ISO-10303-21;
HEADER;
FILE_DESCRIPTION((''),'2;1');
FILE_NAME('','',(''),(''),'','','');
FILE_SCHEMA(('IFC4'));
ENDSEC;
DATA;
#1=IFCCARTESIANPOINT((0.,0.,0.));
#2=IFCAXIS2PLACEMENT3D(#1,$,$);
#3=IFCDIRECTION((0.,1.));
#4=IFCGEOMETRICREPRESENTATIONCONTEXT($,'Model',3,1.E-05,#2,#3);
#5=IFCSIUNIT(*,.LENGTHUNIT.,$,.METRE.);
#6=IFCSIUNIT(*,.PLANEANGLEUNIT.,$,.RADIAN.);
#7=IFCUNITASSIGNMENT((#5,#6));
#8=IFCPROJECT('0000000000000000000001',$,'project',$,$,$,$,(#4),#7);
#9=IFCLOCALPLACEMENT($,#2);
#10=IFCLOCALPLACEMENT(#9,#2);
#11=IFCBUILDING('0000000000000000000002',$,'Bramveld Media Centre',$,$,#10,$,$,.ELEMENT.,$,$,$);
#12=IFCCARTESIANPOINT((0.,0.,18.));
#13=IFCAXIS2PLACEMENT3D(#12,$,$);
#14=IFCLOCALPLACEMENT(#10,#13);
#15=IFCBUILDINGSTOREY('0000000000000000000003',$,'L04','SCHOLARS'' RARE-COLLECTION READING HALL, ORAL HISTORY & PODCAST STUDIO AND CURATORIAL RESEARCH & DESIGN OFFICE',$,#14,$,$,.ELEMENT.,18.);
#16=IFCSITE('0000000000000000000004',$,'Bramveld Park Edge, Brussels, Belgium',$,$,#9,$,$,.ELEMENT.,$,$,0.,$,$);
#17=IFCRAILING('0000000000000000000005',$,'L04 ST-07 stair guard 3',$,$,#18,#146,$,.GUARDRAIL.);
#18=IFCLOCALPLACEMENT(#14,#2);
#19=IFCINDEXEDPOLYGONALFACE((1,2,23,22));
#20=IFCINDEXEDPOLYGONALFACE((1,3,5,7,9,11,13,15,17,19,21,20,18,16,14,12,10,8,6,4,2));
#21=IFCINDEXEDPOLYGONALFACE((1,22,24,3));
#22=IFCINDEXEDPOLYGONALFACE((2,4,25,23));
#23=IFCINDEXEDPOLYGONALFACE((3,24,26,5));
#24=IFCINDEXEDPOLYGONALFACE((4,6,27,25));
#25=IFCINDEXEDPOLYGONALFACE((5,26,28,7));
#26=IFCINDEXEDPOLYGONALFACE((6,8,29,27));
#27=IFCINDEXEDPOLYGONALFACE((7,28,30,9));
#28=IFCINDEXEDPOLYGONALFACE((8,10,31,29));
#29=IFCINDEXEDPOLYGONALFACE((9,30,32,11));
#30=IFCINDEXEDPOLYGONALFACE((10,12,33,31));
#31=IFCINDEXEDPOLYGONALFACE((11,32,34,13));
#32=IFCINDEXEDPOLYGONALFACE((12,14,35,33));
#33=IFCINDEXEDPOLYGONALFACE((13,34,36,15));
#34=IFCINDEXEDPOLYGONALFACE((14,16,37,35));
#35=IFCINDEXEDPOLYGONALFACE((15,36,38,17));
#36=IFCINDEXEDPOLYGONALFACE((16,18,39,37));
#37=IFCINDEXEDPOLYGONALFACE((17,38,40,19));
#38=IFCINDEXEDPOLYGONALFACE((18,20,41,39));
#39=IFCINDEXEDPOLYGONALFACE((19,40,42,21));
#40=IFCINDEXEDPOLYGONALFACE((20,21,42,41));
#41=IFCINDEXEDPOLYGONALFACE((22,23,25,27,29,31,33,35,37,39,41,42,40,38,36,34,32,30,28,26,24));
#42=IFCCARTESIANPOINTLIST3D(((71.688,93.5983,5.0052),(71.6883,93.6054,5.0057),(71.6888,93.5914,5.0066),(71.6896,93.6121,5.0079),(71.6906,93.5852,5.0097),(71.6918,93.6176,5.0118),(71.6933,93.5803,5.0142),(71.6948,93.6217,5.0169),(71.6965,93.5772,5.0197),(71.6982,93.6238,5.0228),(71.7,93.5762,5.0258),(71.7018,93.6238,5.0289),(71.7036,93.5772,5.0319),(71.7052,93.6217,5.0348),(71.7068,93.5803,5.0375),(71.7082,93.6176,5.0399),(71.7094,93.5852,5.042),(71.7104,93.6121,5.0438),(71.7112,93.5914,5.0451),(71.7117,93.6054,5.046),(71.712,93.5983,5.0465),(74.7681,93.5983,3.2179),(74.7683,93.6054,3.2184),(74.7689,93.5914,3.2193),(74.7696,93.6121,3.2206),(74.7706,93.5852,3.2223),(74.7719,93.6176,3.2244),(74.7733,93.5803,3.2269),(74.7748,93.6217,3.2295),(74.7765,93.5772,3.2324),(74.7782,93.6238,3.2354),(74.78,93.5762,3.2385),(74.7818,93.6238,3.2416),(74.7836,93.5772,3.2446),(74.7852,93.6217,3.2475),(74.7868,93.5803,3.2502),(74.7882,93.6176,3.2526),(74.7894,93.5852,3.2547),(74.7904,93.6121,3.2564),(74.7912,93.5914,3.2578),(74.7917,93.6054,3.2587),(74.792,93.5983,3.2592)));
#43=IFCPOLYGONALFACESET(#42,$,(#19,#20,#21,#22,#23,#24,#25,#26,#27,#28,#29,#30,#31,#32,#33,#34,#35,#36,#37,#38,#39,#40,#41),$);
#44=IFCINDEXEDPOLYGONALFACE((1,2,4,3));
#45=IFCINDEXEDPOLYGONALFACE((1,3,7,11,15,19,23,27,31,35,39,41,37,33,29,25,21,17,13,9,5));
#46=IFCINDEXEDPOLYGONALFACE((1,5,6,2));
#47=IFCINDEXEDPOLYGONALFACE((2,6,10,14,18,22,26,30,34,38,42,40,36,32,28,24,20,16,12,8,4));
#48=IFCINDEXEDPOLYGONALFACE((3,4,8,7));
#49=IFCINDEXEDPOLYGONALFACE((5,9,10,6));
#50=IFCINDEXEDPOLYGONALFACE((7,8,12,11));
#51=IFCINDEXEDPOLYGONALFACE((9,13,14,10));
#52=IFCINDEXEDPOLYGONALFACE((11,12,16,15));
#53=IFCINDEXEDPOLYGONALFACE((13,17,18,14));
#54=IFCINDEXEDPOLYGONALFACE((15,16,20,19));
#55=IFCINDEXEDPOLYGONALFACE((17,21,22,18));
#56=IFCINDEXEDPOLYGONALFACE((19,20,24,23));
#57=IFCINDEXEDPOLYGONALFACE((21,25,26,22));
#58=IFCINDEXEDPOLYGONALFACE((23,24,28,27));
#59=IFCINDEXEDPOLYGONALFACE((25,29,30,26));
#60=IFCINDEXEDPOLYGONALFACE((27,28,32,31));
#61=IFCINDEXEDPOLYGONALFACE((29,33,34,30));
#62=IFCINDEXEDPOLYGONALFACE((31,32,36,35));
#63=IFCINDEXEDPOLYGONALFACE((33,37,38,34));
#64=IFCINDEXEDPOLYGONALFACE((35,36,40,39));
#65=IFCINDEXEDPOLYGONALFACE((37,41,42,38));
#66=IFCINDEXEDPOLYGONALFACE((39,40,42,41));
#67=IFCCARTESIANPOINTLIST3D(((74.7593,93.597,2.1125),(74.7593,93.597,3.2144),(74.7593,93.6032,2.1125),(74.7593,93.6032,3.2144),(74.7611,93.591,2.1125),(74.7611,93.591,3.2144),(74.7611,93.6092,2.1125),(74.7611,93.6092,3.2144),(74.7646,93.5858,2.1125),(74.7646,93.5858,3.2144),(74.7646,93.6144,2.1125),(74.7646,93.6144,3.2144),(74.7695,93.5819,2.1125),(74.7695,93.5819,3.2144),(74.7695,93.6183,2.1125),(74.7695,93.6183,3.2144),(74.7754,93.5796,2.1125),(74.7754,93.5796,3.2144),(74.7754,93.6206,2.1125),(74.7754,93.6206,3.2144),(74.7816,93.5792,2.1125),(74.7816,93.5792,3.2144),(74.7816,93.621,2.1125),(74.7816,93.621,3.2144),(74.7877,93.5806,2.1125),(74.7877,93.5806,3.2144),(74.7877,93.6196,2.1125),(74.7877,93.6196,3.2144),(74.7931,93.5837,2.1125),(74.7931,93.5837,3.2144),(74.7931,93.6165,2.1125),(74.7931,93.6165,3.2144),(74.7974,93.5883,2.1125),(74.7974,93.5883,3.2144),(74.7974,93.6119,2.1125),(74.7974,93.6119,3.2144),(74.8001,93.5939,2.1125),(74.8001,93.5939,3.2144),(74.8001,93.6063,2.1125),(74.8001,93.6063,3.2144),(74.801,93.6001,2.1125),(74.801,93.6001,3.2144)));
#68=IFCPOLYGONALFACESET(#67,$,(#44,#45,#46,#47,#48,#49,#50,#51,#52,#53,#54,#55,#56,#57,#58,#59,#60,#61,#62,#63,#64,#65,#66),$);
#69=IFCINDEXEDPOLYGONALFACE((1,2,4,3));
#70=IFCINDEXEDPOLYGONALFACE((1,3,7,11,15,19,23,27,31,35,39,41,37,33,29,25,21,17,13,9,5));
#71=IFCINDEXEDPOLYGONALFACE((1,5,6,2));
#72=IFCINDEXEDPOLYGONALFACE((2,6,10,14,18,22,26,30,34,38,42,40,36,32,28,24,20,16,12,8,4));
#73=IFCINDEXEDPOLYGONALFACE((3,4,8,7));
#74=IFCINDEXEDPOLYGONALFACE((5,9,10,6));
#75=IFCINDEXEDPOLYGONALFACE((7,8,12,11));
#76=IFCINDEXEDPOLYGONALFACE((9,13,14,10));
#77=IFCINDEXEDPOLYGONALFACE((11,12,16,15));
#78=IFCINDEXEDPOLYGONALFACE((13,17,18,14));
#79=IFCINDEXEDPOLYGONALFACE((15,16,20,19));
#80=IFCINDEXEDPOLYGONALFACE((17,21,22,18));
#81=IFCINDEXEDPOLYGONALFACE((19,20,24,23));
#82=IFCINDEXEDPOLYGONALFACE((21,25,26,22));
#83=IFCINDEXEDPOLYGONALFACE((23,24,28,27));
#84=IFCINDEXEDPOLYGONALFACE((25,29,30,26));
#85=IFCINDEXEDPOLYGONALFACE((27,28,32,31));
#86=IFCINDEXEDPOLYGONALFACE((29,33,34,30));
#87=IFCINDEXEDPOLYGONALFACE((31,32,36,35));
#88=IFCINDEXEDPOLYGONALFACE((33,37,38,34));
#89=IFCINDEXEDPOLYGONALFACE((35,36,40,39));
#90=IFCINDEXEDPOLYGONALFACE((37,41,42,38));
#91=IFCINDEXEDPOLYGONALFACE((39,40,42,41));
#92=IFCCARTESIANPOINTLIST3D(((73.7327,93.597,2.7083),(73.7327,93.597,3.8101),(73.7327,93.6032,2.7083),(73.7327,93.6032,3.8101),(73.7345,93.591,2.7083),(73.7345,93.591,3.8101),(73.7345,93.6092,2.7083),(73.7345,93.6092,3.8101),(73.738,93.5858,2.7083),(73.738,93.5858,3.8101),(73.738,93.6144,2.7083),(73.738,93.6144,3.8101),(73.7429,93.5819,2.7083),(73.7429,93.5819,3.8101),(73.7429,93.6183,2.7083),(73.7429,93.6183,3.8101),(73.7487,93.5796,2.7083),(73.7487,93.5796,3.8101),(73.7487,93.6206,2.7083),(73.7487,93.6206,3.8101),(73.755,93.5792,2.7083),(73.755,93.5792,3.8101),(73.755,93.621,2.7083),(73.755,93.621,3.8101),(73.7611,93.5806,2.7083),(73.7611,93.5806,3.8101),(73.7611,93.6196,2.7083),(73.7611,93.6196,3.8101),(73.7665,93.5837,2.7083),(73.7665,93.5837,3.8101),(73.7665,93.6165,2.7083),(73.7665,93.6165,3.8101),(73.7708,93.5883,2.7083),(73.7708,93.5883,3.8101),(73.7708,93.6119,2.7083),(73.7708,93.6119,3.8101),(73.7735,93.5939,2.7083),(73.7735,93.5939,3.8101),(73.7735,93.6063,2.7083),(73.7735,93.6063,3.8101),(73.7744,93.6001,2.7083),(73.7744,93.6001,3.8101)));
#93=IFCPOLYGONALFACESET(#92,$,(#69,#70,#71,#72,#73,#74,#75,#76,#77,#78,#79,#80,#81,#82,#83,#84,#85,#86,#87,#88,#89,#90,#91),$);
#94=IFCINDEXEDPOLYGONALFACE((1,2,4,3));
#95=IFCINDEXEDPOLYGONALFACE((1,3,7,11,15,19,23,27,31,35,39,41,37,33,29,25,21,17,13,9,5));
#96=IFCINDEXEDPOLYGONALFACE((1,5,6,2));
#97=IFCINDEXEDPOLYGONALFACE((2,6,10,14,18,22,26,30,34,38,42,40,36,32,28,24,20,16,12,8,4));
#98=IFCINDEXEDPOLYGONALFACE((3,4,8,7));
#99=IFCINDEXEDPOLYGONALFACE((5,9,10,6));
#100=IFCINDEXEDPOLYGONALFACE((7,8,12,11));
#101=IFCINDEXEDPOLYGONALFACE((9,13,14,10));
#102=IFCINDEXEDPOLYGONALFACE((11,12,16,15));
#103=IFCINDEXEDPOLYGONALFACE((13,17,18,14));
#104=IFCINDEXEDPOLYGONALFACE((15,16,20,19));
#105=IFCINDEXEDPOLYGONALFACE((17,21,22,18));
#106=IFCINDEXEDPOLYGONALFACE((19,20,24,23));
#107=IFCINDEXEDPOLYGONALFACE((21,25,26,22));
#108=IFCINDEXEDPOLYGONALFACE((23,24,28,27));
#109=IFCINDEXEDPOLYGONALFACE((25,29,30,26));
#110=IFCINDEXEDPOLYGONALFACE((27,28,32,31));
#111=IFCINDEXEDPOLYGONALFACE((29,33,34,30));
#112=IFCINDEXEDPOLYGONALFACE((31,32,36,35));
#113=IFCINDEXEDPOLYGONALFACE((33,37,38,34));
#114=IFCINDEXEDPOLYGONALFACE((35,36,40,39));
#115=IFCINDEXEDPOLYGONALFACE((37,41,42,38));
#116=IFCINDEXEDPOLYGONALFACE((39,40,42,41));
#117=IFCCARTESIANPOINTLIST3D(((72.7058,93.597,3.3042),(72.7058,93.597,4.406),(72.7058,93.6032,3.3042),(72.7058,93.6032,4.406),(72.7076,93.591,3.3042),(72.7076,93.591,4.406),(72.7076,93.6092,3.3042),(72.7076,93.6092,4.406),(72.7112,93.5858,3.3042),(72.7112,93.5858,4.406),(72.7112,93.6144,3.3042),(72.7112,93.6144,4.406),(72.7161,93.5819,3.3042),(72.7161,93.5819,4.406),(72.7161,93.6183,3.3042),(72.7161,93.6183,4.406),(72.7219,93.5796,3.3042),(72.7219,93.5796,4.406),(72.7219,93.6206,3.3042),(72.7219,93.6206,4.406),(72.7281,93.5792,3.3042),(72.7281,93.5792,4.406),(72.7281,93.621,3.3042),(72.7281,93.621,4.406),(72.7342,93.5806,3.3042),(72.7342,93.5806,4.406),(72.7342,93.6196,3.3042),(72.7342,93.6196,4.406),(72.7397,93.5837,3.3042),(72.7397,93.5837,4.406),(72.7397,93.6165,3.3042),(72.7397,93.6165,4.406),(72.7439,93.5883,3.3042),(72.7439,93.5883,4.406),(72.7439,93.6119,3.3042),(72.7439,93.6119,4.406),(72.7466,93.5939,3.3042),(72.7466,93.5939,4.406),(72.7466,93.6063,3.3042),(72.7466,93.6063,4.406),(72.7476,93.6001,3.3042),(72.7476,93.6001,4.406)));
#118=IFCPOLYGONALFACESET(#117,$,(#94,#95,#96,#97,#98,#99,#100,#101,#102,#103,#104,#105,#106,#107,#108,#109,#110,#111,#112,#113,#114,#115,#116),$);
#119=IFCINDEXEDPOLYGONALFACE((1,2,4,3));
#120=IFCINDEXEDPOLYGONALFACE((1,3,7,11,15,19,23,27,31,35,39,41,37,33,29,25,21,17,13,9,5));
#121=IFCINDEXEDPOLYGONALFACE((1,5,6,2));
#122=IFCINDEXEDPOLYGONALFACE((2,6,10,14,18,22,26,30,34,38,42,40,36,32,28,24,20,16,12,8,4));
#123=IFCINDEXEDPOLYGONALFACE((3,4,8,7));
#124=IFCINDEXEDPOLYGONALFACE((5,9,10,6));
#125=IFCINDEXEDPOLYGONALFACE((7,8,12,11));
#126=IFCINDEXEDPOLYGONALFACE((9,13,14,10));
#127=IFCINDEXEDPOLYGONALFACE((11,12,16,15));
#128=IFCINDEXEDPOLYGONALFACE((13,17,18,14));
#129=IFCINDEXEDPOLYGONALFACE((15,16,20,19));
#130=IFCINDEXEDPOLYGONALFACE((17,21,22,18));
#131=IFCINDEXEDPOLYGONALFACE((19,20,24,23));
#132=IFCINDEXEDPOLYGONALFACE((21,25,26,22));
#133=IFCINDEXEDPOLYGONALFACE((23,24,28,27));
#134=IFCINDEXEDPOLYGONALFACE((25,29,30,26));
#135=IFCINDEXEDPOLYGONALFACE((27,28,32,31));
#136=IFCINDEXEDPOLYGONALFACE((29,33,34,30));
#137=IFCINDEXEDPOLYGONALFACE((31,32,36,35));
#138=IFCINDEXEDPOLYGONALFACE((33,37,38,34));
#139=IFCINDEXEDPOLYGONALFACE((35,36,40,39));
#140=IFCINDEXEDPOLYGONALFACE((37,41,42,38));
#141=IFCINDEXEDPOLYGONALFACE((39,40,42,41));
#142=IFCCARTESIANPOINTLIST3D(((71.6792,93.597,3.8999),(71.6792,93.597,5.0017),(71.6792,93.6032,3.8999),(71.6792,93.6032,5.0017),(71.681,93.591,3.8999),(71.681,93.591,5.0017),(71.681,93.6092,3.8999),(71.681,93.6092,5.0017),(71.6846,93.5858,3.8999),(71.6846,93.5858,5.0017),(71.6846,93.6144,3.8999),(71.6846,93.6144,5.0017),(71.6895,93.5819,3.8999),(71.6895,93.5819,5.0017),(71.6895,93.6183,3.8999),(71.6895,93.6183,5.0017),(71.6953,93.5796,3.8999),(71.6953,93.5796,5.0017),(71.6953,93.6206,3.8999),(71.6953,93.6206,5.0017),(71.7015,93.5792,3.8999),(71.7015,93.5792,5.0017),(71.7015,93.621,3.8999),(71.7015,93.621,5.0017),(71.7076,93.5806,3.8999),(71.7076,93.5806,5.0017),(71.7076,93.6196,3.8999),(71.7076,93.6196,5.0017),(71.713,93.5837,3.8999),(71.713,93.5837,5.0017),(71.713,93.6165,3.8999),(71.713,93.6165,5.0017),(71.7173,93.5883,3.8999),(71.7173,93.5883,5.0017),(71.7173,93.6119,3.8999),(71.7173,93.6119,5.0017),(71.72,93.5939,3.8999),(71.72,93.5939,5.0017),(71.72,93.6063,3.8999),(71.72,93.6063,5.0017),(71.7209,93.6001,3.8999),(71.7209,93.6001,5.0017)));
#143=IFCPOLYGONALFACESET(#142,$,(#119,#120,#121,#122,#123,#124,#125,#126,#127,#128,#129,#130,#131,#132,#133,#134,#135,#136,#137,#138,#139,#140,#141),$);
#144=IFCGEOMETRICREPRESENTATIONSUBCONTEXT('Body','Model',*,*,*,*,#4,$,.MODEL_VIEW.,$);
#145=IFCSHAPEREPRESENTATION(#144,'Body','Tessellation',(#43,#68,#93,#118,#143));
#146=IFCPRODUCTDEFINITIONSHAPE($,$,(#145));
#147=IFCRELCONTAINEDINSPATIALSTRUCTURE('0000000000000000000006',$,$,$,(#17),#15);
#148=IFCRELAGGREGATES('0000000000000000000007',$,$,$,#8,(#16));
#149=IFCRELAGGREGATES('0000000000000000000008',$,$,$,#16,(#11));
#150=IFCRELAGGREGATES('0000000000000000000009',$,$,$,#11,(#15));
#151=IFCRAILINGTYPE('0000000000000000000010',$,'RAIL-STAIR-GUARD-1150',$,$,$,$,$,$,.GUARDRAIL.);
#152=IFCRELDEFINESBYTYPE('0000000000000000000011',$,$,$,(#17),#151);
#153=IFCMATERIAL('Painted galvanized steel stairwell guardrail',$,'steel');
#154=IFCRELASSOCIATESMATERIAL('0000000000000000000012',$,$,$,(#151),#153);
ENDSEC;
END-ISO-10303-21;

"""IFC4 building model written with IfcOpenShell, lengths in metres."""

from ifc_helpers import new_model, si_unit, direction, frame, origin, origin_2d, place, context, subcontext, project, spatial, circle, extrude, material, type_object, element, save


model = new_model("IFC4")

# Units and contexts
model_context = context("Model", 3, precision=1e-05, world=origin(), true_north=direction((0.0, 1.0)))
body_context = subcontext(model_context, "Body", "Model", "MODEL_VIEW")
ifc_project = project(units=[si_unit("LENGTHUNIT", "METRE"), si_unit("PLANEANGLEUNIT", "RADIAN")], contexts=[model_context])

# Site, building, storey
site_placement = place(None, origin())
site = spatial("IfcSite", under=ifc_project, at=site_placement, Name="Bramveld Park Edge, Brussels, Belgium", CompositionType="ELEMENT", RefElevation=0.0)
building_placement = place(site_placement, origin())
building = spatial("IfcBuilding", under=site, at=building_placement, Name="Bramveld Media Centre", CompositionType="ELEMENT")
storey_placement = place(building_placement, frame((0.0, 0.0, 18.0)))
storey = spatial("IfcBuildingStorey", under=building, at=storey_placement, Name="L04", Description="SCHOLARS' RARE-COLLECTION READING HALL, ORAL HISTORY & PODCAST STUDIO AND CURATORIAL RESEARCH & DESIGN OFFICE", CompositionType="ELEMENT", Elevation=18.0)

# Railing
ifc_material_1 = material(Name="Painted galvanized steel stairwell guardrail", Category="steel")
railing_type_1 = type_object("IfcRailingType", Name="RAIL-STAIR-GUARD-1150", PredefinedType="GUARDRAIL", material=ifc_material_1)
railing_1_placement = place(storey_placement, frame((74.78, 93.6001, 2.1125)))
element("IfcRailing", 1, at=railing_1_placement, inside=storey, type_object=railing_type_1, Name="L04 ST-07 stair guard 3", PredefinedType="GUARDRAIL", context=body_context, shape_type="SweptSolid", body=[
    extrude(circle(Radius=0.0239, at=origin_2d()), frame((0.0, 0.0, 1.126), z_axis=(-0.86492, 0.0, 0.501909), x_axis=(0.0, -1.0, 0.0)), (0.0, 0.0, 1.0), 3.561),
    extrude(circle(Radius=0.021, at=origin_2d()), origin(), (0.0, 0.0, 1.0), 1.1018),
    extrude(circle(Radius=0.021, at=origin_2d()), frame((-1.0266, 0.0, 0.5957)), (0.0, 0.0, 1.0), 1.1018),
    extrude(circle(Radius=0.021, at=origin_2d()), frame((-2.0535, 0.0, 1.1917)), (0.0, 0.0, 1.0), 1.1018),
    extrude(circle(Radius=0.021, at=origin_2d()), frame((-3.0801, 0.0, 1.7874)), (0.0, 0.0, 1.0), 1.1018),
])

save(model, "model.ifc")
